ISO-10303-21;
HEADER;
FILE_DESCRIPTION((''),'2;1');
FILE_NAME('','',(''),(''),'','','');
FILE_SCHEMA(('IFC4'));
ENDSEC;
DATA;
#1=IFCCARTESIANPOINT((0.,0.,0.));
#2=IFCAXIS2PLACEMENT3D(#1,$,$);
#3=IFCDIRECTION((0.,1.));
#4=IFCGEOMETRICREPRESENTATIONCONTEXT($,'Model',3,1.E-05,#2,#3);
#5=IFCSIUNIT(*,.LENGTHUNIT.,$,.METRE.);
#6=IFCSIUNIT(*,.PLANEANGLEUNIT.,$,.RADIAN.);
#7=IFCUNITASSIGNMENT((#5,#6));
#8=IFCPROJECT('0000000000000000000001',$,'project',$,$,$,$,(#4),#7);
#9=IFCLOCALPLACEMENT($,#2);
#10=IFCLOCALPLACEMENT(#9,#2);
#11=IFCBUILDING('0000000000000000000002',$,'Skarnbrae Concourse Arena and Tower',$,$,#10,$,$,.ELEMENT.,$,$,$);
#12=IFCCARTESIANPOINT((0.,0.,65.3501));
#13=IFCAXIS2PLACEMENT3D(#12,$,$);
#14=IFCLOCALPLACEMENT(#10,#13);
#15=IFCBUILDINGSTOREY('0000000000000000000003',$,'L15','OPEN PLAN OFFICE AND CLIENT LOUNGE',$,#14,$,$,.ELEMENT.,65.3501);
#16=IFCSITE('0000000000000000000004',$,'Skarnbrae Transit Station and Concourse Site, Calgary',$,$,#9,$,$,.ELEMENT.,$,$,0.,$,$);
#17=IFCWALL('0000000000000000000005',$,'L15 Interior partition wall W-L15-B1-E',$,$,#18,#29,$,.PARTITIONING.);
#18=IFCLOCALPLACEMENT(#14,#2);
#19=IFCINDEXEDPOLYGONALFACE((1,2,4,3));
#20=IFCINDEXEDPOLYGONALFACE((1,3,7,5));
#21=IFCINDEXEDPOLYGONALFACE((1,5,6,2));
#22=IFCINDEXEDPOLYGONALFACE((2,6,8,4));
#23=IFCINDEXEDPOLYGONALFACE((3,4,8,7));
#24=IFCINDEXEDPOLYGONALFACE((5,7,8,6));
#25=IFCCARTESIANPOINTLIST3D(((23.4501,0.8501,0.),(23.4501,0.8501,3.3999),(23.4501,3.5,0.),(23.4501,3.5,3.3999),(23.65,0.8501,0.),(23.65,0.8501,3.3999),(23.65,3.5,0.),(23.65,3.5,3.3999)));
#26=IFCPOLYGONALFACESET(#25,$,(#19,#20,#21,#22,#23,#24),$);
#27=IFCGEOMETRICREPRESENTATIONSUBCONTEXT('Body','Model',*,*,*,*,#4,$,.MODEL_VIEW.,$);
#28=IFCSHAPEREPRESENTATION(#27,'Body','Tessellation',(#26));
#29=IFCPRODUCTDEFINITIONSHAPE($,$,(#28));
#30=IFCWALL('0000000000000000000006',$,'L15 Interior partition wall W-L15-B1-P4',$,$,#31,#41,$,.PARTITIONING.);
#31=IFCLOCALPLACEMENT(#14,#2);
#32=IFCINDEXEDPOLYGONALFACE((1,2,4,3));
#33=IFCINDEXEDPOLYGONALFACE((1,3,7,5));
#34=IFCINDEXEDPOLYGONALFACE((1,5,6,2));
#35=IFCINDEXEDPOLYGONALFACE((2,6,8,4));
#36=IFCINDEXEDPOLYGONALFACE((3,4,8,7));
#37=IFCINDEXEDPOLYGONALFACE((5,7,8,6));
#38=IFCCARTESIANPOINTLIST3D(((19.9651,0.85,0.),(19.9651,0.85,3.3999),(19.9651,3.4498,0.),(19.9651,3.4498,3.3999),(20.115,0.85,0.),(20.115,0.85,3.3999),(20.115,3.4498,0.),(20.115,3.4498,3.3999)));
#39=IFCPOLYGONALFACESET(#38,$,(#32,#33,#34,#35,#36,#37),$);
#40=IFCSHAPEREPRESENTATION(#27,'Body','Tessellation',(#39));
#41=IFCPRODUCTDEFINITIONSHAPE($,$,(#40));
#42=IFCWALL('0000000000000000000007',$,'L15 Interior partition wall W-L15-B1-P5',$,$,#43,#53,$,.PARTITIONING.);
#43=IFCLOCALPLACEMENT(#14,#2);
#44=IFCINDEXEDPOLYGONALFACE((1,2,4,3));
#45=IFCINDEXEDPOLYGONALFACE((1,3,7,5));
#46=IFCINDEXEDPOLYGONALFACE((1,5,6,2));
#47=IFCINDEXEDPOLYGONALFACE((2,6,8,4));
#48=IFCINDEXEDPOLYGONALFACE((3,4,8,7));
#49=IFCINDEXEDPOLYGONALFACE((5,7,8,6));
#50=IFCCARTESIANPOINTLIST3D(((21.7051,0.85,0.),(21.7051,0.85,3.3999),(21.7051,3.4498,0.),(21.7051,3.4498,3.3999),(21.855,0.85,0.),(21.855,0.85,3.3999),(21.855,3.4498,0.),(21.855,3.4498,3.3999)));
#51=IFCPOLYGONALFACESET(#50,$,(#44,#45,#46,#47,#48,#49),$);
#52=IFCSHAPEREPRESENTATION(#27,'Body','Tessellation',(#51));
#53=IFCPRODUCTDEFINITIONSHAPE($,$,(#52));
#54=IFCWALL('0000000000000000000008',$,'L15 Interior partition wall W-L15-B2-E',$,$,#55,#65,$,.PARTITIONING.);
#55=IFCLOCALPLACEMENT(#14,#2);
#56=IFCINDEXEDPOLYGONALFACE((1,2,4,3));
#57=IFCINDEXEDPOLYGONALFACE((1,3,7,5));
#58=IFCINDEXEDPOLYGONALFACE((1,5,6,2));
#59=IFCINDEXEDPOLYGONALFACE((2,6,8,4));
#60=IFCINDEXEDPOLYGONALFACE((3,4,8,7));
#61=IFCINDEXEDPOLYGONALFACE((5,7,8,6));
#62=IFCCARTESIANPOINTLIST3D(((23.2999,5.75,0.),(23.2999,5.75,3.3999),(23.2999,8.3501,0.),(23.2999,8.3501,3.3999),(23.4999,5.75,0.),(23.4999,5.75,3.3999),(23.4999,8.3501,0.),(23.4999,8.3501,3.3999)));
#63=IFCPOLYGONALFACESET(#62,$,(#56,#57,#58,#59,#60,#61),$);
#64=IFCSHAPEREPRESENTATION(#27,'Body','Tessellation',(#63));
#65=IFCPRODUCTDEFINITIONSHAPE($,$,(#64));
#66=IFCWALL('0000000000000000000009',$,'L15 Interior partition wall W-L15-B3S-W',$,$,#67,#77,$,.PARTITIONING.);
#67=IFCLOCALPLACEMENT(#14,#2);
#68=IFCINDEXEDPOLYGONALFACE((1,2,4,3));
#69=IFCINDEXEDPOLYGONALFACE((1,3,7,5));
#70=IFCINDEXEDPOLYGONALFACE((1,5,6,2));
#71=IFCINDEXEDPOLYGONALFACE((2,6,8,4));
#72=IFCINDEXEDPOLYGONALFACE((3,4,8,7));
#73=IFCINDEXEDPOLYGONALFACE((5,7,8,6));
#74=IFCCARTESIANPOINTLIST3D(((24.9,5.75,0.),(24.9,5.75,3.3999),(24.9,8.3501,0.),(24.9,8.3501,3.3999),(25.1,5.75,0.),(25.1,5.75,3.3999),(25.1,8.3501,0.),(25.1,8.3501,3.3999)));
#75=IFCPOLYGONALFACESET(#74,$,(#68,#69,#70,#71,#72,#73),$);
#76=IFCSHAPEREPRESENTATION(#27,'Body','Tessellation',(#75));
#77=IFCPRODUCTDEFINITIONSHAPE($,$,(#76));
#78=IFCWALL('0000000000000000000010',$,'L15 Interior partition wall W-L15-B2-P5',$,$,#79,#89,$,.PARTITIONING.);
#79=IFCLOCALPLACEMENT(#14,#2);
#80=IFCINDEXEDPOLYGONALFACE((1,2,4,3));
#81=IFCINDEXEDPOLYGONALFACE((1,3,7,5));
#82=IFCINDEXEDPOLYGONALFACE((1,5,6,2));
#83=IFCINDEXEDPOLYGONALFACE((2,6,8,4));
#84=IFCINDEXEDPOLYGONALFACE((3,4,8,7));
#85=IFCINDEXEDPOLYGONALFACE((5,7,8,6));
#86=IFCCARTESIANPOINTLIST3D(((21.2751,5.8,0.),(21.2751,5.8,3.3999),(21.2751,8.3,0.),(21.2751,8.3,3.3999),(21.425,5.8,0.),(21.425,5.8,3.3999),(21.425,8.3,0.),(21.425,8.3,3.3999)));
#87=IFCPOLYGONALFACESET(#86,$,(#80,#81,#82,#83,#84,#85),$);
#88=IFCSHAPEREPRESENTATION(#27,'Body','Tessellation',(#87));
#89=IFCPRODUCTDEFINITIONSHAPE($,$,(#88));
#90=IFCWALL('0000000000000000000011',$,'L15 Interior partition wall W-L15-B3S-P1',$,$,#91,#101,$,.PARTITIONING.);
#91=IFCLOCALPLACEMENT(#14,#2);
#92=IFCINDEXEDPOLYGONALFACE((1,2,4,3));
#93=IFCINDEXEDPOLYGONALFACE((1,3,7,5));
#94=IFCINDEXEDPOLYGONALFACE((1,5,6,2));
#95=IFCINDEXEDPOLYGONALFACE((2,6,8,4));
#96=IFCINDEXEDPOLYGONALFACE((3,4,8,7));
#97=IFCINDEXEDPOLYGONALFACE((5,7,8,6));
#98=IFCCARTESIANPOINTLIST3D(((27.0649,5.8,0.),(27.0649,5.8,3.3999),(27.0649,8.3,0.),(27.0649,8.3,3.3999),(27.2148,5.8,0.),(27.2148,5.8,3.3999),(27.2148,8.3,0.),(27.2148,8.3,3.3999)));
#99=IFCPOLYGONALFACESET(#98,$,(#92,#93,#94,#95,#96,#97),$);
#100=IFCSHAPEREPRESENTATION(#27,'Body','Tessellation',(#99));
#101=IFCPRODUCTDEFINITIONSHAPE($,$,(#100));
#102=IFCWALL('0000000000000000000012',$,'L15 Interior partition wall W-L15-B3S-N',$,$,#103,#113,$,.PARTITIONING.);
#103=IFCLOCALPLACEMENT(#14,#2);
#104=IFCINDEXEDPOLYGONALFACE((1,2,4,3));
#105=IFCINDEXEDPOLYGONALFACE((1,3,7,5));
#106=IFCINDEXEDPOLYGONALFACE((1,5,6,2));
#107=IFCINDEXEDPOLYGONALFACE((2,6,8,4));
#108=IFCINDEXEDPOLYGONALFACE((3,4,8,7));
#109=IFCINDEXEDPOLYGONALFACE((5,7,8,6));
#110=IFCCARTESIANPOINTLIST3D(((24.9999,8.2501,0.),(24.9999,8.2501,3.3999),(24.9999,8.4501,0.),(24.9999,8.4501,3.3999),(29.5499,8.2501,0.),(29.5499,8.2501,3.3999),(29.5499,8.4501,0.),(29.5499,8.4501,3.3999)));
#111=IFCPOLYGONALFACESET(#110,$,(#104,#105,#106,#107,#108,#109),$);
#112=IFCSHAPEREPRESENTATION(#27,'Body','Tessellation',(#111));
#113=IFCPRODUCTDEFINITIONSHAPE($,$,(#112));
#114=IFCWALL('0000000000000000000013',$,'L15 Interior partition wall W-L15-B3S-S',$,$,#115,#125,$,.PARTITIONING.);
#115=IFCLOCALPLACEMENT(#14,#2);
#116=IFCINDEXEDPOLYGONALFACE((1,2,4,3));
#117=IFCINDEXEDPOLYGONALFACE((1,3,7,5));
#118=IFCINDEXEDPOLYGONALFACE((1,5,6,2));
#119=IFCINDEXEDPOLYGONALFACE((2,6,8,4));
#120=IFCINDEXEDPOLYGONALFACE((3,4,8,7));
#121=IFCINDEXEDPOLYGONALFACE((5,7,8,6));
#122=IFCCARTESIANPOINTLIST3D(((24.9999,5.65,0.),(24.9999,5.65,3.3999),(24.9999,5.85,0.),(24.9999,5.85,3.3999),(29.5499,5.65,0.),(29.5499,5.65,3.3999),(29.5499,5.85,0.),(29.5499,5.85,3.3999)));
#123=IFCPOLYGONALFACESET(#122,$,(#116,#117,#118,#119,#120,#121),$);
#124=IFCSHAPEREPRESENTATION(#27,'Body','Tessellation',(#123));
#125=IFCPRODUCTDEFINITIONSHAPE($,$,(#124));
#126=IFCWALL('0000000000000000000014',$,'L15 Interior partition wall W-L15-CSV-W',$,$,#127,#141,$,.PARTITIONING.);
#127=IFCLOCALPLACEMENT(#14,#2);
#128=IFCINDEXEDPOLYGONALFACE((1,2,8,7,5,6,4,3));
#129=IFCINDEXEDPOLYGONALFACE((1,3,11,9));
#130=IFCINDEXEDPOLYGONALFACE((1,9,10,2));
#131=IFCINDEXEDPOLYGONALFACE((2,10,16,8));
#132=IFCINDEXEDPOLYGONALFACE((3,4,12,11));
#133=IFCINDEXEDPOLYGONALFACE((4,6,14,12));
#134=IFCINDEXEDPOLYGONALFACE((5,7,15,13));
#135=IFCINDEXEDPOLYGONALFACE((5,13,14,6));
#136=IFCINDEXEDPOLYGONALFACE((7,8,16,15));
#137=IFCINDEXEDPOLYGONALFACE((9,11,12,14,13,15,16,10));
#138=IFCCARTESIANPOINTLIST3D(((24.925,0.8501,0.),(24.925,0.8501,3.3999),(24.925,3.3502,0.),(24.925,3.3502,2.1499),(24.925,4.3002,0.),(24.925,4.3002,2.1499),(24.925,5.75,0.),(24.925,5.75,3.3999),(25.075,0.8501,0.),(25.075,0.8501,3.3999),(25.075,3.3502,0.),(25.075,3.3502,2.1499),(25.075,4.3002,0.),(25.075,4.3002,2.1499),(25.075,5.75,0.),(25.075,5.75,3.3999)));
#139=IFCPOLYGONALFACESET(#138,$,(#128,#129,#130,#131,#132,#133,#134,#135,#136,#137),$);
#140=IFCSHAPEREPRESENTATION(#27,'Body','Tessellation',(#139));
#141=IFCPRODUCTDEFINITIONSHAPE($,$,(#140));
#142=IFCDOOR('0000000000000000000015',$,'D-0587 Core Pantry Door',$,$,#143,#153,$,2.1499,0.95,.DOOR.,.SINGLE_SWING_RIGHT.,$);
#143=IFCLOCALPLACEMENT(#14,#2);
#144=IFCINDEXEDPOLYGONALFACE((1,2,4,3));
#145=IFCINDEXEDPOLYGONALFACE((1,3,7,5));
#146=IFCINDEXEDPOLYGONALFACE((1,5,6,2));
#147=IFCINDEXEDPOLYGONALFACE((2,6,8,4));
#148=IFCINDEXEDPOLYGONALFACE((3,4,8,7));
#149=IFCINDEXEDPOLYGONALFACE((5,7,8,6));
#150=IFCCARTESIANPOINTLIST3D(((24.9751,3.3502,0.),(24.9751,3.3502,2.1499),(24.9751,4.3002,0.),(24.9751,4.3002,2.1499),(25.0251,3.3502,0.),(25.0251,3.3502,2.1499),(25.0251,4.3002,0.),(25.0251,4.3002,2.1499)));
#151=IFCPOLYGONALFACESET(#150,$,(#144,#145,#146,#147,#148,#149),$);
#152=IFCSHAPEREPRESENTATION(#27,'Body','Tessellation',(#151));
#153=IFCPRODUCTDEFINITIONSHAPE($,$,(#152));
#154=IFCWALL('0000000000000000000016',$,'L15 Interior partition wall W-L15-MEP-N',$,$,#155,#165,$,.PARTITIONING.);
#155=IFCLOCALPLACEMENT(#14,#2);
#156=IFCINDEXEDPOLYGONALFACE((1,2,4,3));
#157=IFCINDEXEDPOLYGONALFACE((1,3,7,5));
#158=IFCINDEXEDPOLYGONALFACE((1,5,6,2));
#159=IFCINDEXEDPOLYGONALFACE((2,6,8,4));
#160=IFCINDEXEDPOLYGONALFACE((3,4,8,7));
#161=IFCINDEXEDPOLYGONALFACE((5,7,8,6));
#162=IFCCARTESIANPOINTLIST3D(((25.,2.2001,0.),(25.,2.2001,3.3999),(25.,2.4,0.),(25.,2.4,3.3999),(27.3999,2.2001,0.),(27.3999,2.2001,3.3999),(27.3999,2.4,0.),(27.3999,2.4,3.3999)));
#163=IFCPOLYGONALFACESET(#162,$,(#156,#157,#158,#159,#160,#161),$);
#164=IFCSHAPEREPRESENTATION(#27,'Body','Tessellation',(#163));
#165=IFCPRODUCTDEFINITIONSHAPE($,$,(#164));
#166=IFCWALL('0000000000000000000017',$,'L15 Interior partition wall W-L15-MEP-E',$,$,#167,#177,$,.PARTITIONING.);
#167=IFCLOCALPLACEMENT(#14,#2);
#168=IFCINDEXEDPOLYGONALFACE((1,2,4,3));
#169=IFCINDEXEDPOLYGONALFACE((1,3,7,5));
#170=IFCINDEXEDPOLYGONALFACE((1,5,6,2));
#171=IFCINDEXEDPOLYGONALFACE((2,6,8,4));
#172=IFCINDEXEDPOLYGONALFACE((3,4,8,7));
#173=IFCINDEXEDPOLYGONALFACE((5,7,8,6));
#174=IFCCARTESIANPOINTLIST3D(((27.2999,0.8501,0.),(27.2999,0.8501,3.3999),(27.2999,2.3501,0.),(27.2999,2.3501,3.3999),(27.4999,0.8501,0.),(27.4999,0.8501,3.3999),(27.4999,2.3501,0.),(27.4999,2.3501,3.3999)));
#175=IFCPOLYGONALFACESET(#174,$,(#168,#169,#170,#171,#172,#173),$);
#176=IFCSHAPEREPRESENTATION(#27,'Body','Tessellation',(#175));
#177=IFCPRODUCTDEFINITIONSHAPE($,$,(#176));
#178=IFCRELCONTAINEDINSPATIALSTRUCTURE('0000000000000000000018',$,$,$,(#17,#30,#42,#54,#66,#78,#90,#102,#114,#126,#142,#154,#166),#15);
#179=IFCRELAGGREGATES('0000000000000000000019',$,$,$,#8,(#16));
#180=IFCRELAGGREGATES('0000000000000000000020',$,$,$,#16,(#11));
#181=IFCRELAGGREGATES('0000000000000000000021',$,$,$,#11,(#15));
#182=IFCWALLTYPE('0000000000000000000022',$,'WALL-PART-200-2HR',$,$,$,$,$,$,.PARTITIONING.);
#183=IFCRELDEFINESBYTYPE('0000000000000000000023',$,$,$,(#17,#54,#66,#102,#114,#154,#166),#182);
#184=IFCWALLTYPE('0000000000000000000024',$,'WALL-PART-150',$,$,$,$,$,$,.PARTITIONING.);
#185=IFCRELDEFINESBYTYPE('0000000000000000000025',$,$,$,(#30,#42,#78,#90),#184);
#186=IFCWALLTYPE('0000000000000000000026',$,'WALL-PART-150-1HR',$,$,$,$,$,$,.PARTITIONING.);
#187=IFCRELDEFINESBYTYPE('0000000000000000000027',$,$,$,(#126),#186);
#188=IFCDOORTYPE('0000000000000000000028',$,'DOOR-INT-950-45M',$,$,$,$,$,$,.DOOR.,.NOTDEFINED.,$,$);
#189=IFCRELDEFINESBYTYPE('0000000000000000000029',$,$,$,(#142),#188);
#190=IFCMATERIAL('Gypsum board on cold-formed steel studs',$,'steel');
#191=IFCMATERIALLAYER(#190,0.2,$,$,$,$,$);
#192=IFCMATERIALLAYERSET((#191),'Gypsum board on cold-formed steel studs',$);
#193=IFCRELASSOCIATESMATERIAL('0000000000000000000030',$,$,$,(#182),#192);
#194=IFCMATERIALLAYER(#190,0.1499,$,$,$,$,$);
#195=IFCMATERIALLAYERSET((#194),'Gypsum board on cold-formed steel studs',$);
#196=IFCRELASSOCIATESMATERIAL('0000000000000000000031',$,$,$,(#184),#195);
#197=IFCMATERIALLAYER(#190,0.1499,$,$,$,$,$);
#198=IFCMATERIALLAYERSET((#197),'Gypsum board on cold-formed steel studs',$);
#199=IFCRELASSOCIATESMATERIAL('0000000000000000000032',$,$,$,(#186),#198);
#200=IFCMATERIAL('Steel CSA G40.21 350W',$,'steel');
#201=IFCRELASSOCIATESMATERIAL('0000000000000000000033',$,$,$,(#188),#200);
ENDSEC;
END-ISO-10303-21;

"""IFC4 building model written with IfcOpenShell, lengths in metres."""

from ifc_helpers import new_model, si_unit, direction, frame, frame_2d, origin, place, context, subcontext, project, spatial, rectangle, extrude, source, transform, mapped, material, layer, layer_set, type_object, element, fill, save


model = new_model("IFC4")

# Units and contexts
model_context = context("Model", 3, precision=1e-05, world=origin(), true_north=direction((0.0, 1.0)))
body_context = subcontext(model_context, "Body", "Model", "MODEL_VIEW")
ifc_project = project(units=[si_unit("LENGTHUNIT", "METRE"), si_unit("PLANEANGLEUNIT", "RADIAN")], contexts=[model_context])

# Site, building, storey
site_placement = place(None, origin())
site = spatial("IfcSite", under=ifc_project, at=site_placement, Name="Skarnbrae Transit Station and Concourse Site, Calgary", CompositionType="ELEMENT", RefElevation=0.0)
building_placement = place(site_placement, origin())
building = spatial("IfcBuilding", under=site, at=building_placement, Name="Skarnbrae Concourse Arena and Tower", CompositionType="ELEMENT")
storey_placement = place(building_placement, frame((0.0, 0.0, 65.3501)))
storey = spatial("IfcBuildingStorey", under=building, at=storey_placement, Name="L15", Description="OPEN PLAN OFFICE AND CLIENT LOUNGE", CompositionType="ELEMENT", Elevation=65.3501)

# Walls
ifc_material_1 = material(Name="Gypsum board on cold-formed steel studs", Category="steel")
ifc_layer_1 = layer(ifc_material_1, 0.2)
ifc_layer_set_1 = layer_set([ifc_layer_1], Name="Gypsum board on cold-formed steel studs")
wall_type_1 = type_object("IfcWallType", Name="WALL-PART-200-2HR", PredefinedType="PARTITIONING", material=ifc_layer_set_1)
shared_shape_1 = source(origin(), body_context, "Body", "SweptSolid", [
    extrude(rectangle(XDim=2.6499, YDim=0.2, at=frame_2d((1.325, 0.0))), origin(), (0.0, 0.0, 1.0), 3.3999),
])
wall_1_placement = place(storey_placement, frame((23.55, 0.8501, 0.0), z_axis=(0.0, 0.0, 1.0), x_axis=(0.0, 1.0, 0.0)))
element("IfcWall", 1, at=wall_1_placement, inside=storey, type_object=wall_type_1, Name="L15 Interior partition wall W-L15-B1-E", PredefinedType="PARTITIONING", context=body_context, shape_type="MappedRepresentation", body=[
    mapped(shared_shape_1, transform((0.0, 0.0, 0.0))),
])
ifc_layer_2 = layer(ifc_material_1, 0.1499)
ifc_layer_set_2 = layer_set([ifc_layer_2], Name="Gypsum board on cold-formed steel studs")
wall_type_2 = type_object("IfcWallType", Name="WALL-PART-150", PredefinedType="PARTITIONING", material=ifc_layer_set_2)
shared_shape_2 = source(origin(), body_context, "Body", "SweptSolid", [
    extrude(rectangle(XDim=2.5999, YDim=0.1499, at=frame_2d((1.2998, 0.0))), origin(), (0.0, 0.0, 1.0), 3.3999),
])
for number, where, z_axis, x_axis, name in (
    (2, (20.04, 0.8501, 0.0), (0.0, 0.0, 1.0), (0.0, 1.0, 0.0), "L15 Interior partition wall W-L15-B1-P4"),
    (3, (21.78, 0.8501, 0.0), (0.0, 0.0, 1.0), (0.0, 1.0, 0.0), "L15 Interior partition wall W-L15-B1-P5"),
):
    element("IfcWall", number, at=place(storey_placement, frame(where, z_axis=z_axis, x_axis=x_axis)), inside=storey, type_object=wall_type_2, Name=name, PredefinedType="PARTITIONING", context=body_context, shape_type="MappedRepresentation", body=[
        mapped(shared_shape_2, transform((0.0, 0.0, 0.0))),
    ])
shared_shape_3 = source(origin(), body_context, "Body", "SweptSolid", [
    extrude(rectangle(XDim=2.6001, YDim=0.2, at=frame_2d((1.3, 0.0))), origin(), (0.0, 0.0, 1.0), 3.3999),
])
for number, where, z_axis, x_axis, name in (
    (4, (23.3999, 5.75, 0.0), (0.0, 0.0, 1.0), (0.0, 1.0, 0.0), "L15 Interior partition wall W-L15-B2-E"),
    (5, (25.0, 5.75, 0.0), (0.0, 0.0, 1.0), (0.0, 1.0, 0.0), "L15 Interior partition wall W-L15-B3S-W"),
):
    element("IfcWall", number, at=place(storey_placement, frame(where, z_axis=z_axis, x_axis=x_axis)), inside=storey, type_object=wall_type_1, Name=name, PredefinedType="PARTITIONING", context=body_context, shape_type="MappedRepresentation", body=[
        mapped(shared_shape_3, transform((0.0, 0.0, 0.0))),
    ])
shared_shape_4 = source(origin(), body_context, "Body", "SweptSolid", [
    extrude(rectangle(XDim=2.5, YDim=0.1499, at=frame_2d((1.25, 0.0))), origin(), (0.0, 0.0, 1.0), 3.3999),
])
for number, where, z_axis, x_axis, name in (
    (6, (21.3501, 5.8, 0.0), (0.0, 0.0, 1.0), (0.0, 1.0, 0.0), "L15 Interior partition wall W-L15-B2-P5"),
    (7, (27.1399, 5.8, 0.0), (0.0, 0.0, 1.0), (0.0, 1.0, 0.0), "L15 Interior partition wall W-L15-B3S-P1"),
):
    element("IfcWall", number, at=place(storey_placement, frame(where, z_axis=z_axis, x_axis=x_axis)), inside=storey, type_object=wall_type_2, Name=name, PredefinedType="PARTITIONING", context=body_context, shape_type="MappedRepresentation", body=[
        mapped(shared_shape_4, transform((0.0, 0.0, 0.0))),
    ])
shared_shape_5 = source(origin(), body_context, "Body", "SweptSolid", [
    extrude(rectangle(XDim=4.55, YDim=0.2, at=frame_2d((2.2749, 0.0))), origin(), (0.0, 0.0, 1.0), 3.3999),
])
for number, where, z_axis, x_axis, name in (
    (8, (25.0, 8.3501, 0.0), (0.0, 0.0, 1.0), (1.0, 0.0, 0.0), "L15 Interior partition wall W-L15-B3S-N"),
    (9, (25.0, 5.75, 0.0), (0.0, 0.0, 1.0), (1.0, 0.0, 0.0), "L15 Interior partition wall W-L15-B3S-S"),
):
    element("IfcWall", number, at=place(storey_placement, frame(where, z_axis=z_axis, x_axis=x_axis)), inside=storey, type_object=wall_type_1, Name=name, PredefinedType="PARTITIONING", context=body_context, shape_type="MappedRepresentation", body=[
        mapped(shared_shape_5, transform((0.0, 0.0, 0.0))),
    ])

# Wall, opening, door
ifc_layer_3 = layer(ifc_material_1, 0.1499)
ifc_layer_set_3 = layer_set([ifc_layer_3], Name="Gypsum board on cold-formed steel studs")
wall_type_3 = type_object("IfcWallType", Name="WALL-PART-150-1HR", PredefinedType="PARTITIONING", material=ifc_layer_set_3)
shared_shape_6 = source(origin(), body_context, "Body", "SweptSolid", [
    extrude(rectangle(XDim=4.8999, YDim=0.1499, at=frame_2d((2.45, 0.0))), origin(), (0.0, 0.0, 1.0), 3.3999),
])
wall_2_placement = place(storey_placement, frame((25.0, 0.8501, 0.0), z_axis=(0.0, 0.0, 1.0), x_axis=(0.0, 1.0, 0.0)))
wall_2 = element("IfcWall", 10, at=wall_2_placement, inside=storey, type_object=wall_type_3, Name="L15 Interior partition wall W-L15-CSV-W", PredefinedType="PARTITIONING", context=body_context, shape_type="MappedRepresentation", body=[
    mapped(shared_shape_6, transform((0.0, 0.0, 0.0))),
])
opening_1_placement = place(wall_2_placement, frame((2.5, 0.0, 0.0)))
opening_1 = element("IfcOpeningElement", 11, at=opening_1_placement, cuts=wall_2, PredefinedType="OPENING", context=body_context, shape_type="SweptSolid", body=[
    extrude(rectangle(XDim=0.95, YDim=2.1499, at=frame_2d((0.4751, 1.075))), frame((0.0, 0.085, 0.0), z_axis=(0.0, -1.0, 0.0), x_axis=(1.0, 0.0, 0.0)), (0.0, 0.0, 1.0), 0.1699),
])
ifc_material_2 = material(Name="Steel CSA G40.21 350W", Category="steel")
door_type_1 = type_object("IfcDoorType", Name="DOOR-INT-950-45M", OperationType="NOTDEFINED", PredefinedType="DOOR", material=ifc_material_2)
shared_shape_7 = source(origin(), body_context, "Body", "SweptSolid", [
    extrude(rectangle(XDim=0.95, YDim=2.1499, at=frame_2d((0.4751, 1.075))), frame((0.0, 0.0249, 0.0), z_axis=(0.0, -1.0, 0.0), x_axis=(1.0, 0.0, 0.0)), (0.0, 0.0, 1.0), 0.05),
])
door_1_placement = place(opening_1_placement, origin())
door_1 = element("IfcDoor", 12, at=door_1_placement, inside=storey, type_object=door_type_1, Name="D-0587 Core Pantry Door", OperationType="SINGLE_SWING_RIGHT", OverallHeight=2.1499, OverallWidth=0.95, PredefinedType="DOOR", context=body_context, shape_type="MappedRepresentation", body=[
    mapped(shared_shape_7, transform((0.0, 0.0, 0.0))),
])
fill(opening_1, door_1)

# Walls
shared_shape_8 = source(origin(), body_context, "Body", "SweptSolid", [
    extrude(rectangle(XDim=2.3999, YDim=0.2, at=frame_2d((1.2, 0.0))), origin(), (0.0, 0.0, 1.0), 3.3999),
])
wall_3_placement = place(storey_placement, frame((25.0, 2.3, 0.0), z_axis=(0.0, 0.0, 1.0), x_axis=(1.0, 0.0, 0.0)))
element("IfcWall", 13, at=wall_3_placement, inside=storey, type_object=wall_type_1, Name="L15 Interior partition wall W-L15-MEP-N", PredefinedType="PARTITIONING", context=body_context, shape_type="MappedRepresentation", body=[
    mapped(shared_shape_8, transform((0.0, 0.0, 0.0))),
])
shared_shape_9 = source(origin(), body_context, "Body", "SweptSolid", [
    extrude(rectangle(XDim=1.5, YDim=0.2, at=frame_2d((0.75, 0.0))), origin(), (0.0, 0.0, 1.0), 3.3999),
])
wall_4_placement = place(storey_placement, frame((27.3999, 0.8501, 0.0), z_axis=(0.0, 0.0, 1.0), x_axis=(0.0, 1.0, 0.0)))
element("IfcWall", 14, at=wall_4_placement, inside=storey, type_object=wall_type_1, Name="L15 Interior partition wall W-L15-MEP-E", PredefinedType="PARTITIONING", context=body_context, shape_type="MappedRepresentation", body=[
    mapped(shared_shape_9, transform((0.0, 0.0, 0.0))),
])

save(model, "model.ifc")
